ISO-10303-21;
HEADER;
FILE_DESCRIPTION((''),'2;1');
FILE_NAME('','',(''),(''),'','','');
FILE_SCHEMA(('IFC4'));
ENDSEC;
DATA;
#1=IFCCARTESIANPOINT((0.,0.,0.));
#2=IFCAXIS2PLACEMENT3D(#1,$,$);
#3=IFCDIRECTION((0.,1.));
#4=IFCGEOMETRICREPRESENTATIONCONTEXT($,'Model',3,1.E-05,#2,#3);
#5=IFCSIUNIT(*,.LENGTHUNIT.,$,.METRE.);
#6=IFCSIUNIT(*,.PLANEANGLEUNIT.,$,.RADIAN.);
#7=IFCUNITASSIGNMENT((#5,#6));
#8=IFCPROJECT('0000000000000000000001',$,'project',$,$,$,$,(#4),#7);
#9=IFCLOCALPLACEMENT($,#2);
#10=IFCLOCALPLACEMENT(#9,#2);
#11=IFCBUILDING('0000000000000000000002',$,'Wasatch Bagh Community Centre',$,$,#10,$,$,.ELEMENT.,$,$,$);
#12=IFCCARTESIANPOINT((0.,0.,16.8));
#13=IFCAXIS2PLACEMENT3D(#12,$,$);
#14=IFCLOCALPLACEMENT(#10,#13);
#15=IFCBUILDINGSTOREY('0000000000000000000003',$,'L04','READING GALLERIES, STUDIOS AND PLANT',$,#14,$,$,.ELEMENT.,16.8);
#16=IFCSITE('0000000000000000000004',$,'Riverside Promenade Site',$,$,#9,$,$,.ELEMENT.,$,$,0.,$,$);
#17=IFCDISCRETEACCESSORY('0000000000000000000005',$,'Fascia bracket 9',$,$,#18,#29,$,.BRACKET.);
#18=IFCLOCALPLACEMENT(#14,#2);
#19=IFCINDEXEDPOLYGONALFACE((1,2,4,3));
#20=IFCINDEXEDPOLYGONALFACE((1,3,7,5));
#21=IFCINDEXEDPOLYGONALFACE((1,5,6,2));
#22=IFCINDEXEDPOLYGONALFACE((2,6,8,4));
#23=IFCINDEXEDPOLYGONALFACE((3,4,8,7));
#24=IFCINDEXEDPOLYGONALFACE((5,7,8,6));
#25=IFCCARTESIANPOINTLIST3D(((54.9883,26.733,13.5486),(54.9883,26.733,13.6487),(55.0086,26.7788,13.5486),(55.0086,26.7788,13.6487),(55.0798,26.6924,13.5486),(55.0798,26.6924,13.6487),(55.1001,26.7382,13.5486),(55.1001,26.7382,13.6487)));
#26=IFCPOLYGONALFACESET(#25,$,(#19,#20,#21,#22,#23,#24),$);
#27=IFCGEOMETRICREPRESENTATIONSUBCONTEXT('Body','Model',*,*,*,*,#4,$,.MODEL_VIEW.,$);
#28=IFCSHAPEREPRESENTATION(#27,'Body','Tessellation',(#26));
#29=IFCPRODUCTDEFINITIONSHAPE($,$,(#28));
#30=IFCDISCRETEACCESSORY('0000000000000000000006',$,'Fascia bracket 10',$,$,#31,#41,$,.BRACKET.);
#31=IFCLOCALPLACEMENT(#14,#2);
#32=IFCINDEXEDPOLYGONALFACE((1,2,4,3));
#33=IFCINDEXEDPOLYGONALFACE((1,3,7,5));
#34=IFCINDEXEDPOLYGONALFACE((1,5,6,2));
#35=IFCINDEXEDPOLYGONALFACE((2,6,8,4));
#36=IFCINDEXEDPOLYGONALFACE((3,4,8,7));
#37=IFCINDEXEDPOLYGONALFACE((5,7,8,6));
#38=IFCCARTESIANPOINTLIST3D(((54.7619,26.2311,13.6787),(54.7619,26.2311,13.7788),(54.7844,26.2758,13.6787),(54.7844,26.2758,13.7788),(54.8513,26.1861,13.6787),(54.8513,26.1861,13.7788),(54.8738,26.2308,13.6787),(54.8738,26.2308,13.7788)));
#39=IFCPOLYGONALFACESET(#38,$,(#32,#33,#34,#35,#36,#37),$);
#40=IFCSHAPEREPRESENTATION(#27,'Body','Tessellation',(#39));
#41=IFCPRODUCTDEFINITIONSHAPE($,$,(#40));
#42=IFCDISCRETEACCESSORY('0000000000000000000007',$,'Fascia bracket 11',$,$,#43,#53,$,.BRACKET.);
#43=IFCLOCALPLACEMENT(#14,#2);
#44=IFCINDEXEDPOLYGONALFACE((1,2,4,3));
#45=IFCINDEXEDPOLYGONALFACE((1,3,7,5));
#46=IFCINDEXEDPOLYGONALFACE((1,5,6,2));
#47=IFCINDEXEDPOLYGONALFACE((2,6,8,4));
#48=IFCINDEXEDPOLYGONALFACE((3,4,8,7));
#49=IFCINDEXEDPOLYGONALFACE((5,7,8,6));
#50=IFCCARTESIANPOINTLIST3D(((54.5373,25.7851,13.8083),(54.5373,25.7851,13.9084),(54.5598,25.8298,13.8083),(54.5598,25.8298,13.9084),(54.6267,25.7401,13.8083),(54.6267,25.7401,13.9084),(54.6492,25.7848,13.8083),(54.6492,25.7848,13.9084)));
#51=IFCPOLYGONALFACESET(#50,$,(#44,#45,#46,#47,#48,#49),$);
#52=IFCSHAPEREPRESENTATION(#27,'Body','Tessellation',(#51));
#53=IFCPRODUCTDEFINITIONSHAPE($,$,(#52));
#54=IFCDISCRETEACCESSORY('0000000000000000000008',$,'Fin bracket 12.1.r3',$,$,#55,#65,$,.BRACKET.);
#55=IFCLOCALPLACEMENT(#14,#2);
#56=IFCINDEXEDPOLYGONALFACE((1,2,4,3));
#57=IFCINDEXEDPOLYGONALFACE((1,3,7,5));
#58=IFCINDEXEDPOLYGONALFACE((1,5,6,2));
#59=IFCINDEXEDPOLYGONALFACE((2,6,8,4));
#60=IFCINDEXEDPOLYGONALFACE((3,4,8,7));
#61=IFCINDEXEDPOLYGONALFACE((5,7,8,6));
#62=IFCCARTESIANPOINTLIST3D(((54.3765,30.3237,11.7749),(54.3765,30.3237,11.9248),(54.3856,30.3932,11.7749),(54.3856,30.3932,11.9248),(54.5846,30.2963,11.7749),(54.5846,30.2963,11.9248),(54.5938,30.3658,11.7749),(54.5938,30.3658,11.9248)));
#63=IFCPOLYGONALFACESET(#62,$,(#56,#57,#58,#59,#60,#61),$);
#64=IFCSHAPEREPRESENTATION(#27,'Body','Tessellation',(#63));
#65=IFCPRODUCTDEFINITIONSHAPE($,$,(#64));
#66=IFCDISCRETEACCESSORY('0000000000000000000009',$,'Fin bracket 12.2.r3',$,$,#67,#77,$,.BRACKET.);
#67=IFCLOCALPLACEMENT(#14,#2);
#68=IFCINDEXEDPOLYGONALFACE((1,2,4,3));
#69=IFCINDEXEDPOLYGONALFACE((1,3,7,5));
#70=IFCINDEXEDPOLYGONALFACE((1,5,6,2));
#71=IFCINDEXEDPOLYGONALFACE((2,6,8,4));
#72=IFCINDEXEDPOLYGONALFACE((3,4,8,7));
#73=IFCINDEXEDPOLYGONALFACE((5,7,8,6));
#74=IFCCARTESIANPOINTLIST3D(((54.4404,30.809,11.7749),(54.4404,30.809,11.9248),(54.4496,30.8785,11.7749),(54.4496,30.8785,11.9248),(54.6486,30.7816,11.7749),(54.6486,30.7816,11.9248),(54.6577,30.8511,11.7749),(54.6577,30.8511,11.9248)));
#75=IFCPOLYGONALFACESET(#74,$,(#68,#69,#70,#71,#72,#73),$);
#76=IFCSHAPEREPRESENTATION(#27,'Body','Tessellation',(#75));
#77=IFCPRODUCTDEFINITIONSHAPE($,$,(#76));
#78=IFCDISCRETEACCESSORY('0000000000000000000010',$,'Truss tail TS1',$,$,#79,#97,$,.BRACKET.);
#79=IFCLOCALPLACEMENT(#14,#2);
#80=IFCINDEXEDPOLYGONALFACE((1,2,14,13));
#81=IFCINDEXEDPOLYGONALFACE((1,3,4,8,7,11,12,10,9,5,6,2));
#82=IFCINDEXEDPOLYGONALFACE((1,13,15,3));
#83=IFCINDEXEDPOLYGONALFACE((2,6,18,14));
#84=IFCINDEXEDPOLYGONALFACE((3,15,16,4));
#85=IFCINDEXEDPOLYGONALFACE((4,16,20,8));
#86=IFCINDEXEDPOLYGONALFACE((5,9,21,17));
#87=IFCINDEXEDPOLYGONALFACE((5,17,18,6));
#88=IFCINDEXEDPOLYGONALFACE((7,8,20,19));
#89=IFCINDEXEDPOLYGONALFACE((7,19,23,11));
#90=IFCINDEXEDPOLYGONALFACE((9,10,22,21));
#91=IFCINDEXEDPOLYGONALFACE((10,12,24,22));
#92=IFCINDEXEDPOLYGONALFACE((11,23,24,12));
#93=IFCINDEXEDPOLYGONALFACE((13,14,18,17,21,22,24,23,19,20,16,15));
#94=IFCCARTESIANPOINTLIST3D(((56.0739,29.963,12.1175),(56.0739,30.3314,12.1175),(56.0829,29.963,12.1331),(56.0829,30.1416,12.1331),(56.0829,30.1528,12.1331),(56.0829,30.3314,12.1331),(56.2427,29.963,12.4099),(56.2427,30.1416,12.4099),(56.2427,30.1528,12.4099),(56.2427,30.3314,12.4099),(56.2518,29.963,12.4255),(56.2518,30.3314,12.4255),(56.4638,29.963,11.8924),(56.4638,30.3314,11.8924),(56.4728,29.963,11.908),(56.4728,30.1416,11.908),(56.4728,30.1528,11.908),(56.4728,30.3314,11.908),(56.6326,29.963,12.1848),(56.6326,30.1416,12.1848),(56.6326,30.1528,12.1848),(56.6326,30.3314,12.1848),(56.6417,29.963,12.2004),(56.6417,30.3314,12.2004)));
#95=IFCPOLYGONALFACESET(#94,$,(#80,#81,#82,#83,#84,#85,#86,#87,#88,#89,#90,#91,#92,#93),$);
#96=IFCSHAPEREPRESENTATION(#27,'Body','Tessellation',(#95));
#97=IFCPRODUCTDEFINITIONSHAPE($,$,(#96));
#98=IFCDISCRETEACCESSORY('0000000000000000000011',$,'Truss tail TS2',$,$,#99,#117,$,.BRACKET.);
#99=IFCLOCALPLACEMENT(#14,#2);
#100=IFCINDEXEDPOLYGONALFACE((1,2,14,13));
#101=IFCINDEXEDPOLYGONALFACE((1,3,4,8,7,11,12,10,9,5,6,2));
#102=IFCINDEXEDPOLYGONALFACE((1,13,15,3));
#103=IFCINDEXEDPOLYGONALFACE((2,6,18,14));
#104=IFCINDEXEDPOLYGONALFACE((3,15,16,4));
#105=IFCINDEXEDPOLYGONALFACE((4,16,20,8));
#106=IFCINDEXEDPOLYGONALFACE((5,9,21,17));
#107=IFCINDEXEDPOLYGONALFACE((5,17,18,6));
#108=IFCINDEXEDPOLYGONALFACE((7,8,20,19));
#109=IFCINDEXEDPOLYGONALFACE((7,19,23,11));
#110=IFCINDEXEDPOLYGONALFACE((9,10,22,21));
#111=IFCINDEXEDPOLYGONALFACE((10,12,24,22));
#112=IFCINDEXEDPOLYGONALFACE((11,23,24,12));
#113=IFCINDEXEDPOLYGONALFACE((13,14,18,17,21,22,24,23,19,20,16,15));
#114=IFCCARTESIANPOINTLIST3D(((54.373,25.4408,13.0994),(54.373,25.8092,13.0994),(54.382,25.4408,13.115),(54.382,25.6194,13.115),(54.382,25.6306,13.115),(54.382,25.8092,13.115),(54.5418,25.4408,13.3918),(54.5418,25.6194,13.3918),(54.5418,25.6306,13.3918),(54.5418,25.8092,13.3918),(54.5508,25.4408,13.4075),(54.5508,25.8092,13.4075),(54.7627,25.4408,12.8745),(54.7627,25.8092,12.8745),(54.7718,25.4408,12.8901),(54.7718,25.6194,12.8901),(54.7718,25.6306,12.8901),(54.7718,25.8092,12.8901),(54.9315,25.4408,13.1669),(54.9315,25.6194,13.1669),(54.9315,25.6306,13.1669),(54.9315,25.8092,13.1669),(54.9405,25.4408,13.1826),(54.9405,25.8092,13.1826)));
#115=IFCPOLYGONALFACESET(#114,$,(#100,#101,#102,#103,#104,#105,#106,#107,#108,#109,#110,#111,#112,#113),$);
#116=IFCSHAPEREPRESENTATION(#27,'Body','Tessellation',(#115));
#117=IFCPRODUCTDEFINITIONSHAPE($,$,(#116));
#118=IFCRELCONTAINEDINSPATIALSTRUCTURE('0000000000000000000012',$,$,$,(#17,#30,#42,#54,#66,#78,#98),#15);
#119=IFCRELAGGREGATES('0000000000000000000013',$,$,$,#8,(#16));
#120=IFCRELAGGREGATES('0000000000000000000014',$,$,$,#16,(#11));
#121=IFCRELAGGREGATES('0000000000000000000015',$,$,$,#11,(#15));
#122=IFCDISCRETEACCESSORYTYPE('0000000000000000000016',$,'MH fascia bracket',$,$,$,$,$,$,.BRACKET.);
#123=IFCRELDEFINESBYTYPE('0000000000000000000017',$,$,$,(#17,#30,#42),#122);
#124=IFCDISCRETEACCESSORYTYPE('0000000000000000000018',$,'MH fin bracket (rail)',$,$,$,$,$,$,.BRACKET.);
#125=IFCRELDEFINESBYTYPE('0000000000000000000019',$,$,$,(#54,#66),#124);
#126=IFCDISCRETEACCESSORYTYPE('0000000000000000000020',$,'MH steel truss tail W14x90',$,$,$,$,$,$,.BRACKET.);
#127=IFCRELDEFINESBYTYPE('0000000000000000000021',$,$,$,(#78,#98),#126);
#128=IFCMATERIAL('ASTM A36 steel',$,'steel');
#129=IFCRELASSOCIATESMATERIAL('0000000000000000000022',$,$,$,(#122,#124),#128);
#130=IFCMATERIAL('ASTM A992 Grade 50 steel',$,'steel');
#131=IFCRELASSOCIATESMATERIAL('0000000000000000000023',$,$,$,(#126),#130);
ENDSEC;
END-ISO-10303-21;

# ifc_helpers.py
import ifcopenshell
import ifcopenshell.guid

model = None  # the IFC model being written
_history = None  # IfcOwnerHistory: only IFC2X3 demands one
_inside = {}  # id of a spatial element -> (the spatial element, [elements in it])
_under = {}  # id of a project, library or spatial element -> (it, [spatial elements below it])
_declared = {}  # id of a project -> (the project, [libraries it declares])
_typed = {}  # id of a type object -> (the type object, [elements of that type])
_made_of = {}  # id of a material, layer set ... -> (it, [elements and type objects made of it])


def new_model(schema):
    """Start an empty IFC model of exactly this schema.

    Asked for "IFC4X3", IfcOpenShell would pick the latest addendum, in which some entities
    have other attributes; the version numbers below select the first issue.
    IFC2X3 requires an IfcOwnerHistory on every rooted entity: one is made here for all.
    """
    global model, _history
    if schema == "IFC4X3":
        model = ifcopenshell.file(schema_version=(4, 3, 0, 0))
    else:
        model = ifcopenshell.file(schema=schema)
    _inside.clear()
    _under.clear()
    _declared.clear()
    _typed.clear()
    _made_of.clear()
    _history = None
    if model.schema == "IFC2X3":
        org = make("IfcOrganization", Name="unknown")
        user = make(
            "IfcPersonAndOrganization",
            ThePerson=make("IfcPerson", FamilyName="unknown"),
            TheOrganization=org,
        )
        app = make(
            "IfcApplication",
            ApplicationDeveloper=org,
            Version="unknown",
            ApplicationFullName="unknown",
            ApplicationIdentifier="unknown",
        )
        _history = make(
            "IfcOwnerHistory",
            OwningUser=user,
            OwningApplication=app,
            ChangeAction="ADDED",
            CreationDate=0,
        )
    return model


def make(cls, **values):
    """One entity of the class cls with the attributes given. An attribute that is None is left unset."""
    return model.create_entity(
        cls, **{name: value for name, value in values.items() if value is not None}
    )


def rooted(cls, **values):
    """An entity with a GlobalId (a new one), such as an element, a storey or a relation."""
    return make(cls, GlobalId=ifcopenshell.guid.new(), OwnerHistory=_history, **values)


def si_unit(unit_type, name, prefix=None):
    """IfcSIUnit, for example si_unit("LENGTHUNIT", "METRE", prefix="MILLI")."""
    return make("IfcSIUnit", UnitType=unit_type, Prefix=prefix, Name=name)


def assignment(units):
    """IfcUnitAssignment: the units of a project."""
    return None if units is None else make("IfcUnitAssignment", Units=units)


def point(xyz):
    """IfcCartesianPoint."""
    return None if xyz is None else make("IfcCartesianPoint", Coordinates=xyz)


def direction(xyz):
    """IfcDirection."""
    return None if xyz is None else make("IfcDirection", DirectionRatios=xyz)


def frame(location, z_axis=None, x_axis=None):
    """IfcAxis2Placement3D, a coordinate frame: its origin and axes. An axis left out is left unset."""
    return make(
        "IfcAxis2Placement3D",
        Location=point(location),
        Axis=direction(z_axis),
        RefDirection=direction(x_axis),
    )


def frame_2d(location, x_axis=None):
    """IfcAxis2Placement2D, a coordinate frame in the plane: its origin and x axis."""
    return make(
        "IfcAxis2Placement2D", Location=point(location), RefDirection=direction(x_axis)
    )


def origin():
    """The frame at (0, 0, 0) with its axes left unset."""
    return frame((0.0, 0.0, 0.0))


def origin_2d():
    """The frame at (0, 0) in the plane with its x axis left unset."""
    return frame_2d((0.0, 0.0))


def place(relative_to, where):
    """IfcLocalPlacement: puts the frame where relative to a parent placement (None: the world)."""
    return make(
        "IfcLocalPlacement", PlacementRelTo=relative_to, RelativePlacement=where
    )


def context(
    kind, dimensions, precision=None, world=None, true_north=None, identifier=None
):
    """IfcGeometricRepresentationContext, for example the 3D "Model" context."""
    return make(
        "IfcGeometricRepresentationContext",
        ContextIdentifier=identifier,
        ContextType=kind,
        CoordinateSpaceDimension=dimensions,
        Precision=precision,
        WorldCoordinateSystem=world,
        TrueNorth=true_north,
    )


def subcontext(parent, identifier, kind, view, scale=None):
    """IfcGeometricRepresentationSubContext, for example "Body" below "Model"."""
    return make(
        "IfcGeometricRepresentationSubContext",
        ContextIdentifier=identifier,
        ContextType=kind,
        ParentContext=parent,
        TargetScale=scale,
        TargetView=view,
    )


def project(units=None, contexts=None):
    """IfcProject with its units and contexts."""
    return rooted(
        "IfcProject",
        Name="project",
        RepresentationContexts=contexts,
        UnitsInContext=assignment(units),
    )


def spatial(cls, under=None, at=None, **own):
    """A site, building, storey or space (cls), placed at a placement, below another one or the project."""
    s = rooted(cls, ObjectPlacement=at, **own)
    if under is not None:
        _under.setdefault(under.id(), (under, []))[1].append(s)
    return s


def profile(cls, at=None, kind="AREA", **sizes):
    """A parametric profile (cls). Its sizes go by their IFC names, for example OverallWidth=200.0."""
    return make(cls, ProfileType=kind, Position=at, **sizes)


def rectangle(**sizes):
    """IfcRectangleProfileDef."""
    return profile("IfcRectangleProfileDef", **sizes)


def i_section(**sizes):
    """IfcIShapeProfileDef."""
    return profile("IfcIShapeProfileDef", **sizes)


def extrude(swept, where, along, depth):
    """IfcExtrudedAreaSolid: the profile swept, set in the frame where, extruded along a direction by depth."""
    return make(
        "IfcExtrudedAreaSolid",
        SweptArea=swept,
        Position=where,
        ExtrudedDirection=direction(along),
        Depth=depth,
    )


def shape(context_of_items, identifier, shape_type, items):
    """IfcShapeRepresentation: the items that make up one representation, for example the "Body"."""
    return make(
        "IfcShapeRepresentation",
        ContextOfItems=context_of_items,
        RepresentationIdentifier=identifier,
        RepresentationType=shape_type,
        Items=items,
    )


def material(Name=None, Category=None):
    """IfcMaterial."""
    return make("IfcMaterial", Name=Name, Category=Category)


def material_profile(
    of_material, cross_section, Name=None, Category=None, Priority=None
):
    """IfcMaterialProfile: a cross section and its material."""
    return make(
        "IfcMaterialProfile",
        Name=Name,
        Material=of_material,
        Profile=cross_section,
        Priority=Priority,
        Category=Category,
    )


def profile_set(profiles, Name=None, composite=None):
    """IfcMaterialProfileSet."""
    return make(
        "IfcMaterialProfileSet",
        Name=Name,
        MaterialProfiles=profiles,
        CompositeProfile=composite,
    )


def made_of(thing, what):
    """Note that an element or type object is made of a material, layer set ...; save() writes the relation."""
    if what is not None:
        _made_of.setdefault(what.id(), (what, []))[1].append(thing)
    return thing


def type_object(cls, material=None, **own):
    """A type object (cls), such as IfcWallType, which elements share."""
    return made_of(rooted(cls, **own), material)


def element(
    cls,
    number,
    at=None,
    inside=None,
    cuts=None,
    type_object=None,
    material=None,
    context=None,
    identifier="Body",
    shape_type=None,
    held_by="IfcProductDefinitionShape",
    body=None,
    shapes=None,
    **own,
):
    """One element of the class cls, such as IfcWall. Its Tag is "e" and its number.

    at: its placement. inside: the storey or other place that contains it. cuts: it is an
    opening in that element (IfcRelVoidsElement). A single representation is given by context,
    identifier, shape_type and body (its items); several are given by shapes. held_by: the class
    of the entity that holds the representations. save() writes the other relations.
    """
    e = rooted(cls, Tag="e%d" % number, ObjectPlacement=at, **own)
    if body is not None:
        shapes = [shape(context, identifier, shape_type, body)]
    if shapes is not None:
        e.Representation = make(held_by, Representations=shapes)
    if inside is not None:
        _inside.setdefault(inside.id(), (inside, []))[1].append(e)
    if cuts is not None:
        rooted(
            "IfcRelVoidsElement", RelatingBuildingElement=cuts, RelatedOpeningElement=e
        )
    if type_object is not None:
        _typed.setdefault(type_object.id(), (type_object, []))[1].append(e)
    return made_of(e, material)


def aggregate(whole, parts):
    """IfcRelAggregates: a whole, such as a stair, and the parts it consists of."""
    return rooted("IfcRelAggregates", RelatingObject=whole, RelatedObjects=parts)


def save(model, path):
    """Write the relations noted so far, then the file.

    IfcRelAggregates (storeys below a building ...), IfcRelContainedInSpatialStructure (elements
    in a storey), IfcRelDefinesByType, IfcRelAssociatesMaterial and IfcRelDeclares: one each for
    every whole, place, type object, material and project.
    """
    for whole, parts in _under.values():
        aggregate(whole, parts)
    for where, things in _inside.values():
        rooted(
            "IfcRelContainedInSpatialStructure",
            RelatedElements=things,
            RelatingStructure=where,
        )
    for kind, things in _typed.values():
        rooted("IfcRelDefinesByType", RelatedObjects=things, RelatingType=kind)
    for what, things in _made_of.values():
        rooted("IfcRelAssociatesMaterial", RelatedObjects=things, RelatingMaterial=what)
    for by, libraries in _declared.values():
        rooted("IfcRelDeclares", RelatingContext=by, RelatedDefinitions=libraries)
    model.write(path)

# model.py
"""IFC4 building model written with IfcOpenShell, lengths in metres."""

from ifc_helpers import new_model, si_unit, direction, frame, origin, origin_2d, place, context, subcontext, project, spatial, rectangle, i_section, extrude, material, material_profile, profile_set, type_object, element, save


model = new_model("IFC4")

# Units and contexts
model_context = context("Model", 3, precision=1e-05, world=origin(), true_north=direction((0.0, 1.0)))
body_context = subcontext(model_context, "Body", "Model", "MODEL_VIEW")
ifc_project = project(units=[si_unit("LENGTHUNIT", "METRE"), si_unit("PLANEANGLEUNIT", "RADIAN")], contexts=[model_context])

# Site, building, storey
site_placement = place(None, origin())
site = spatial("IfcSite", under=ifc_project, at=site_placement, Name="Riverside Promenade Site", CompositionType="ELEMENT", RefElevation=0.0)
building_placement = place(site_placement, origin())
building = spatial("IfcBuilding", under=site, at=building_placement, Name="Wasatch Bagh Community Centre", CompositionType="ELEMENT")
storey_placement = place(building_placement, frame((0.0, 0.0, 16.8)))
storey = spatial("IfcBuildingStorey", under=building, at=storey_placement, Name="L04", Description="READING GALLERIES, STUDIOS AND PLANT", CompositionType="ELEMENT", Elevation=16.8)

# Shared definitions
ifc_material_1 = material(Name="ASTM A992 Grade 50 steel", Category="steel")

# Discrete accessories
ifc_material_2 = material(Name="ASTM A36 steel", Category="steel")
discrete_accessory_type_1 = type_object("IfcDiscreteAccessoryType", Name="MH fascia bracket", PredefinedType="BRACKET", material=ifc_material_2)
for number, where, z_axis, x_axis, name in (
    (1, (55.0442, 26.7356, 13.5486), (0.0, 0.0, 1.0), (0.91421, -0.405241, 0.0), "Fascia bracket 9"),
    (2, (54.8179, 26.231, 13.6787), (0.0, 0.0, 1.0), (0.893224, -0.449611, 0.0), "Fascia bracket 10"),
    (3, (54.5933, 25.7849, 13.8083), (0.0, 0.0, 1.0), (0.893224, -0.449611, 0.0), "Fascia bracket 11"),
):
    element("IfcDiscreteAccessory", number, at=place(storey_placement, frame(where, z_axis=z_axis, x_axis=x_axis)), inside=storey, type_object=discrete_accessory_type_1, Name=name, PredefinedType="BRACKET", context=body_context, shape_type="SweptSolid", body=[
        extrude(rectangle(XDim=0.1001, YDim=0.05, at=origin_2d()), origin(), (0.0, 0.0, 1.0), 0.1001),
    ])
discrete_accessory_type_2 = type_object("IfcDiscreteAccessoryType", Name="MH fin bracket (rail)", PredefinedType="BRACKET", material=ifc_material_2)
for number, where, z_axis, x_axis, name in (
    (4, (54.4851, 30.3447, 11.7749), (0.0, 0.0, 1.0), (0.130526, 0.991445, 0.0), "Fin bracket 12.1.r3"),
    (5, (54.5491, 30.8301, 11.7749), (0.0, 0.0, 1.0), (0.130526, 0.991445, 0.0), "Fin bracket 12.2.r3"),
):
    element("IfcDiscreteAccessory", number, at=place(storey_placement, frame(where, z_axis=z_axis, x_axis=x_axis)), inside=storey, type_object=discrete_accessory_type_2, Name=name, PredefinedType="BRACKET", context=body_context, shape_type="SweptSolid", body=[
        extrude(rectangle(XDim=0.0701, YDim=0.21, at=origin_2d()), origin(), (0.0, 0.0, 1.0), 0.1499),
    ])
ifc_material_profile_1 = material_profile(ifc_material_1, i_section(OverallWidth=0.3684, OverallDepth=0.3557, WebThickness=0.0112, FlangeThickness=0.0181, at=origin_2d()), Name="W14x90")
ifc_profile_set_1 = profile_set([ifc_material_profile_1], Name="ASTM A992 Grade 50 steel")
discrete_accessory_type_3 = type_object("IfcDiscreteAccessoryType", Name="MH steel truss tail W14x90", PredefinedType="BRACKET", material=ifc_profile_set_1)
discrete_accessory_1_placement = place(storey_placement, frame((56.1628, 30.1472, 12.2715), z_axis=(0.866032, 0.0, -0.499988), x_axis=(0.0, 1.0, 0.0)))
element("IfcDiscreteAccessory", 6, at=discrete_accessory_1_placement, inside=storey, type_object=discrete_accessory_type_3, Name="Truss tail TS1", PredefinedType="BRACKET", context=body_context, shape_type="SweptSolid", body=[
    extrude(i_section(OverallWidth=0.3684, OverallDepth=0.3557, WebThickness=0.0112, FlangeThickness=0.0181, at=origin_2d()), origin(), (0.0, 0.0, 1.0), 0.4502),
])
discrete_accessory_2_placement = place(storey_placement, frame((54.4619, 25.625, 13.2534), z_axis=(0.866131, 0.0, -0.499816), x_axis=(0.0, 1.0, 0.0)))
element("IfcDiscreteAccessory", 7, at=discrete_accessory_2_placement, inside=storey, type_object=discrete_accessory_type_3, Name="Truss tail TS2", PredefinedType="BRACKET", context=body_context, shape_type="SweptSolid", body=[
    extrude(i_section(OverallWidth=0.3684, OverallDepth=0.3557, WebThickness=0.0112, FlangeThickness=0.0181, at=origin_2d()), origin(), (0.0, 0.0, 1.0), 0.45),
])

save(model, "model.ifc")
